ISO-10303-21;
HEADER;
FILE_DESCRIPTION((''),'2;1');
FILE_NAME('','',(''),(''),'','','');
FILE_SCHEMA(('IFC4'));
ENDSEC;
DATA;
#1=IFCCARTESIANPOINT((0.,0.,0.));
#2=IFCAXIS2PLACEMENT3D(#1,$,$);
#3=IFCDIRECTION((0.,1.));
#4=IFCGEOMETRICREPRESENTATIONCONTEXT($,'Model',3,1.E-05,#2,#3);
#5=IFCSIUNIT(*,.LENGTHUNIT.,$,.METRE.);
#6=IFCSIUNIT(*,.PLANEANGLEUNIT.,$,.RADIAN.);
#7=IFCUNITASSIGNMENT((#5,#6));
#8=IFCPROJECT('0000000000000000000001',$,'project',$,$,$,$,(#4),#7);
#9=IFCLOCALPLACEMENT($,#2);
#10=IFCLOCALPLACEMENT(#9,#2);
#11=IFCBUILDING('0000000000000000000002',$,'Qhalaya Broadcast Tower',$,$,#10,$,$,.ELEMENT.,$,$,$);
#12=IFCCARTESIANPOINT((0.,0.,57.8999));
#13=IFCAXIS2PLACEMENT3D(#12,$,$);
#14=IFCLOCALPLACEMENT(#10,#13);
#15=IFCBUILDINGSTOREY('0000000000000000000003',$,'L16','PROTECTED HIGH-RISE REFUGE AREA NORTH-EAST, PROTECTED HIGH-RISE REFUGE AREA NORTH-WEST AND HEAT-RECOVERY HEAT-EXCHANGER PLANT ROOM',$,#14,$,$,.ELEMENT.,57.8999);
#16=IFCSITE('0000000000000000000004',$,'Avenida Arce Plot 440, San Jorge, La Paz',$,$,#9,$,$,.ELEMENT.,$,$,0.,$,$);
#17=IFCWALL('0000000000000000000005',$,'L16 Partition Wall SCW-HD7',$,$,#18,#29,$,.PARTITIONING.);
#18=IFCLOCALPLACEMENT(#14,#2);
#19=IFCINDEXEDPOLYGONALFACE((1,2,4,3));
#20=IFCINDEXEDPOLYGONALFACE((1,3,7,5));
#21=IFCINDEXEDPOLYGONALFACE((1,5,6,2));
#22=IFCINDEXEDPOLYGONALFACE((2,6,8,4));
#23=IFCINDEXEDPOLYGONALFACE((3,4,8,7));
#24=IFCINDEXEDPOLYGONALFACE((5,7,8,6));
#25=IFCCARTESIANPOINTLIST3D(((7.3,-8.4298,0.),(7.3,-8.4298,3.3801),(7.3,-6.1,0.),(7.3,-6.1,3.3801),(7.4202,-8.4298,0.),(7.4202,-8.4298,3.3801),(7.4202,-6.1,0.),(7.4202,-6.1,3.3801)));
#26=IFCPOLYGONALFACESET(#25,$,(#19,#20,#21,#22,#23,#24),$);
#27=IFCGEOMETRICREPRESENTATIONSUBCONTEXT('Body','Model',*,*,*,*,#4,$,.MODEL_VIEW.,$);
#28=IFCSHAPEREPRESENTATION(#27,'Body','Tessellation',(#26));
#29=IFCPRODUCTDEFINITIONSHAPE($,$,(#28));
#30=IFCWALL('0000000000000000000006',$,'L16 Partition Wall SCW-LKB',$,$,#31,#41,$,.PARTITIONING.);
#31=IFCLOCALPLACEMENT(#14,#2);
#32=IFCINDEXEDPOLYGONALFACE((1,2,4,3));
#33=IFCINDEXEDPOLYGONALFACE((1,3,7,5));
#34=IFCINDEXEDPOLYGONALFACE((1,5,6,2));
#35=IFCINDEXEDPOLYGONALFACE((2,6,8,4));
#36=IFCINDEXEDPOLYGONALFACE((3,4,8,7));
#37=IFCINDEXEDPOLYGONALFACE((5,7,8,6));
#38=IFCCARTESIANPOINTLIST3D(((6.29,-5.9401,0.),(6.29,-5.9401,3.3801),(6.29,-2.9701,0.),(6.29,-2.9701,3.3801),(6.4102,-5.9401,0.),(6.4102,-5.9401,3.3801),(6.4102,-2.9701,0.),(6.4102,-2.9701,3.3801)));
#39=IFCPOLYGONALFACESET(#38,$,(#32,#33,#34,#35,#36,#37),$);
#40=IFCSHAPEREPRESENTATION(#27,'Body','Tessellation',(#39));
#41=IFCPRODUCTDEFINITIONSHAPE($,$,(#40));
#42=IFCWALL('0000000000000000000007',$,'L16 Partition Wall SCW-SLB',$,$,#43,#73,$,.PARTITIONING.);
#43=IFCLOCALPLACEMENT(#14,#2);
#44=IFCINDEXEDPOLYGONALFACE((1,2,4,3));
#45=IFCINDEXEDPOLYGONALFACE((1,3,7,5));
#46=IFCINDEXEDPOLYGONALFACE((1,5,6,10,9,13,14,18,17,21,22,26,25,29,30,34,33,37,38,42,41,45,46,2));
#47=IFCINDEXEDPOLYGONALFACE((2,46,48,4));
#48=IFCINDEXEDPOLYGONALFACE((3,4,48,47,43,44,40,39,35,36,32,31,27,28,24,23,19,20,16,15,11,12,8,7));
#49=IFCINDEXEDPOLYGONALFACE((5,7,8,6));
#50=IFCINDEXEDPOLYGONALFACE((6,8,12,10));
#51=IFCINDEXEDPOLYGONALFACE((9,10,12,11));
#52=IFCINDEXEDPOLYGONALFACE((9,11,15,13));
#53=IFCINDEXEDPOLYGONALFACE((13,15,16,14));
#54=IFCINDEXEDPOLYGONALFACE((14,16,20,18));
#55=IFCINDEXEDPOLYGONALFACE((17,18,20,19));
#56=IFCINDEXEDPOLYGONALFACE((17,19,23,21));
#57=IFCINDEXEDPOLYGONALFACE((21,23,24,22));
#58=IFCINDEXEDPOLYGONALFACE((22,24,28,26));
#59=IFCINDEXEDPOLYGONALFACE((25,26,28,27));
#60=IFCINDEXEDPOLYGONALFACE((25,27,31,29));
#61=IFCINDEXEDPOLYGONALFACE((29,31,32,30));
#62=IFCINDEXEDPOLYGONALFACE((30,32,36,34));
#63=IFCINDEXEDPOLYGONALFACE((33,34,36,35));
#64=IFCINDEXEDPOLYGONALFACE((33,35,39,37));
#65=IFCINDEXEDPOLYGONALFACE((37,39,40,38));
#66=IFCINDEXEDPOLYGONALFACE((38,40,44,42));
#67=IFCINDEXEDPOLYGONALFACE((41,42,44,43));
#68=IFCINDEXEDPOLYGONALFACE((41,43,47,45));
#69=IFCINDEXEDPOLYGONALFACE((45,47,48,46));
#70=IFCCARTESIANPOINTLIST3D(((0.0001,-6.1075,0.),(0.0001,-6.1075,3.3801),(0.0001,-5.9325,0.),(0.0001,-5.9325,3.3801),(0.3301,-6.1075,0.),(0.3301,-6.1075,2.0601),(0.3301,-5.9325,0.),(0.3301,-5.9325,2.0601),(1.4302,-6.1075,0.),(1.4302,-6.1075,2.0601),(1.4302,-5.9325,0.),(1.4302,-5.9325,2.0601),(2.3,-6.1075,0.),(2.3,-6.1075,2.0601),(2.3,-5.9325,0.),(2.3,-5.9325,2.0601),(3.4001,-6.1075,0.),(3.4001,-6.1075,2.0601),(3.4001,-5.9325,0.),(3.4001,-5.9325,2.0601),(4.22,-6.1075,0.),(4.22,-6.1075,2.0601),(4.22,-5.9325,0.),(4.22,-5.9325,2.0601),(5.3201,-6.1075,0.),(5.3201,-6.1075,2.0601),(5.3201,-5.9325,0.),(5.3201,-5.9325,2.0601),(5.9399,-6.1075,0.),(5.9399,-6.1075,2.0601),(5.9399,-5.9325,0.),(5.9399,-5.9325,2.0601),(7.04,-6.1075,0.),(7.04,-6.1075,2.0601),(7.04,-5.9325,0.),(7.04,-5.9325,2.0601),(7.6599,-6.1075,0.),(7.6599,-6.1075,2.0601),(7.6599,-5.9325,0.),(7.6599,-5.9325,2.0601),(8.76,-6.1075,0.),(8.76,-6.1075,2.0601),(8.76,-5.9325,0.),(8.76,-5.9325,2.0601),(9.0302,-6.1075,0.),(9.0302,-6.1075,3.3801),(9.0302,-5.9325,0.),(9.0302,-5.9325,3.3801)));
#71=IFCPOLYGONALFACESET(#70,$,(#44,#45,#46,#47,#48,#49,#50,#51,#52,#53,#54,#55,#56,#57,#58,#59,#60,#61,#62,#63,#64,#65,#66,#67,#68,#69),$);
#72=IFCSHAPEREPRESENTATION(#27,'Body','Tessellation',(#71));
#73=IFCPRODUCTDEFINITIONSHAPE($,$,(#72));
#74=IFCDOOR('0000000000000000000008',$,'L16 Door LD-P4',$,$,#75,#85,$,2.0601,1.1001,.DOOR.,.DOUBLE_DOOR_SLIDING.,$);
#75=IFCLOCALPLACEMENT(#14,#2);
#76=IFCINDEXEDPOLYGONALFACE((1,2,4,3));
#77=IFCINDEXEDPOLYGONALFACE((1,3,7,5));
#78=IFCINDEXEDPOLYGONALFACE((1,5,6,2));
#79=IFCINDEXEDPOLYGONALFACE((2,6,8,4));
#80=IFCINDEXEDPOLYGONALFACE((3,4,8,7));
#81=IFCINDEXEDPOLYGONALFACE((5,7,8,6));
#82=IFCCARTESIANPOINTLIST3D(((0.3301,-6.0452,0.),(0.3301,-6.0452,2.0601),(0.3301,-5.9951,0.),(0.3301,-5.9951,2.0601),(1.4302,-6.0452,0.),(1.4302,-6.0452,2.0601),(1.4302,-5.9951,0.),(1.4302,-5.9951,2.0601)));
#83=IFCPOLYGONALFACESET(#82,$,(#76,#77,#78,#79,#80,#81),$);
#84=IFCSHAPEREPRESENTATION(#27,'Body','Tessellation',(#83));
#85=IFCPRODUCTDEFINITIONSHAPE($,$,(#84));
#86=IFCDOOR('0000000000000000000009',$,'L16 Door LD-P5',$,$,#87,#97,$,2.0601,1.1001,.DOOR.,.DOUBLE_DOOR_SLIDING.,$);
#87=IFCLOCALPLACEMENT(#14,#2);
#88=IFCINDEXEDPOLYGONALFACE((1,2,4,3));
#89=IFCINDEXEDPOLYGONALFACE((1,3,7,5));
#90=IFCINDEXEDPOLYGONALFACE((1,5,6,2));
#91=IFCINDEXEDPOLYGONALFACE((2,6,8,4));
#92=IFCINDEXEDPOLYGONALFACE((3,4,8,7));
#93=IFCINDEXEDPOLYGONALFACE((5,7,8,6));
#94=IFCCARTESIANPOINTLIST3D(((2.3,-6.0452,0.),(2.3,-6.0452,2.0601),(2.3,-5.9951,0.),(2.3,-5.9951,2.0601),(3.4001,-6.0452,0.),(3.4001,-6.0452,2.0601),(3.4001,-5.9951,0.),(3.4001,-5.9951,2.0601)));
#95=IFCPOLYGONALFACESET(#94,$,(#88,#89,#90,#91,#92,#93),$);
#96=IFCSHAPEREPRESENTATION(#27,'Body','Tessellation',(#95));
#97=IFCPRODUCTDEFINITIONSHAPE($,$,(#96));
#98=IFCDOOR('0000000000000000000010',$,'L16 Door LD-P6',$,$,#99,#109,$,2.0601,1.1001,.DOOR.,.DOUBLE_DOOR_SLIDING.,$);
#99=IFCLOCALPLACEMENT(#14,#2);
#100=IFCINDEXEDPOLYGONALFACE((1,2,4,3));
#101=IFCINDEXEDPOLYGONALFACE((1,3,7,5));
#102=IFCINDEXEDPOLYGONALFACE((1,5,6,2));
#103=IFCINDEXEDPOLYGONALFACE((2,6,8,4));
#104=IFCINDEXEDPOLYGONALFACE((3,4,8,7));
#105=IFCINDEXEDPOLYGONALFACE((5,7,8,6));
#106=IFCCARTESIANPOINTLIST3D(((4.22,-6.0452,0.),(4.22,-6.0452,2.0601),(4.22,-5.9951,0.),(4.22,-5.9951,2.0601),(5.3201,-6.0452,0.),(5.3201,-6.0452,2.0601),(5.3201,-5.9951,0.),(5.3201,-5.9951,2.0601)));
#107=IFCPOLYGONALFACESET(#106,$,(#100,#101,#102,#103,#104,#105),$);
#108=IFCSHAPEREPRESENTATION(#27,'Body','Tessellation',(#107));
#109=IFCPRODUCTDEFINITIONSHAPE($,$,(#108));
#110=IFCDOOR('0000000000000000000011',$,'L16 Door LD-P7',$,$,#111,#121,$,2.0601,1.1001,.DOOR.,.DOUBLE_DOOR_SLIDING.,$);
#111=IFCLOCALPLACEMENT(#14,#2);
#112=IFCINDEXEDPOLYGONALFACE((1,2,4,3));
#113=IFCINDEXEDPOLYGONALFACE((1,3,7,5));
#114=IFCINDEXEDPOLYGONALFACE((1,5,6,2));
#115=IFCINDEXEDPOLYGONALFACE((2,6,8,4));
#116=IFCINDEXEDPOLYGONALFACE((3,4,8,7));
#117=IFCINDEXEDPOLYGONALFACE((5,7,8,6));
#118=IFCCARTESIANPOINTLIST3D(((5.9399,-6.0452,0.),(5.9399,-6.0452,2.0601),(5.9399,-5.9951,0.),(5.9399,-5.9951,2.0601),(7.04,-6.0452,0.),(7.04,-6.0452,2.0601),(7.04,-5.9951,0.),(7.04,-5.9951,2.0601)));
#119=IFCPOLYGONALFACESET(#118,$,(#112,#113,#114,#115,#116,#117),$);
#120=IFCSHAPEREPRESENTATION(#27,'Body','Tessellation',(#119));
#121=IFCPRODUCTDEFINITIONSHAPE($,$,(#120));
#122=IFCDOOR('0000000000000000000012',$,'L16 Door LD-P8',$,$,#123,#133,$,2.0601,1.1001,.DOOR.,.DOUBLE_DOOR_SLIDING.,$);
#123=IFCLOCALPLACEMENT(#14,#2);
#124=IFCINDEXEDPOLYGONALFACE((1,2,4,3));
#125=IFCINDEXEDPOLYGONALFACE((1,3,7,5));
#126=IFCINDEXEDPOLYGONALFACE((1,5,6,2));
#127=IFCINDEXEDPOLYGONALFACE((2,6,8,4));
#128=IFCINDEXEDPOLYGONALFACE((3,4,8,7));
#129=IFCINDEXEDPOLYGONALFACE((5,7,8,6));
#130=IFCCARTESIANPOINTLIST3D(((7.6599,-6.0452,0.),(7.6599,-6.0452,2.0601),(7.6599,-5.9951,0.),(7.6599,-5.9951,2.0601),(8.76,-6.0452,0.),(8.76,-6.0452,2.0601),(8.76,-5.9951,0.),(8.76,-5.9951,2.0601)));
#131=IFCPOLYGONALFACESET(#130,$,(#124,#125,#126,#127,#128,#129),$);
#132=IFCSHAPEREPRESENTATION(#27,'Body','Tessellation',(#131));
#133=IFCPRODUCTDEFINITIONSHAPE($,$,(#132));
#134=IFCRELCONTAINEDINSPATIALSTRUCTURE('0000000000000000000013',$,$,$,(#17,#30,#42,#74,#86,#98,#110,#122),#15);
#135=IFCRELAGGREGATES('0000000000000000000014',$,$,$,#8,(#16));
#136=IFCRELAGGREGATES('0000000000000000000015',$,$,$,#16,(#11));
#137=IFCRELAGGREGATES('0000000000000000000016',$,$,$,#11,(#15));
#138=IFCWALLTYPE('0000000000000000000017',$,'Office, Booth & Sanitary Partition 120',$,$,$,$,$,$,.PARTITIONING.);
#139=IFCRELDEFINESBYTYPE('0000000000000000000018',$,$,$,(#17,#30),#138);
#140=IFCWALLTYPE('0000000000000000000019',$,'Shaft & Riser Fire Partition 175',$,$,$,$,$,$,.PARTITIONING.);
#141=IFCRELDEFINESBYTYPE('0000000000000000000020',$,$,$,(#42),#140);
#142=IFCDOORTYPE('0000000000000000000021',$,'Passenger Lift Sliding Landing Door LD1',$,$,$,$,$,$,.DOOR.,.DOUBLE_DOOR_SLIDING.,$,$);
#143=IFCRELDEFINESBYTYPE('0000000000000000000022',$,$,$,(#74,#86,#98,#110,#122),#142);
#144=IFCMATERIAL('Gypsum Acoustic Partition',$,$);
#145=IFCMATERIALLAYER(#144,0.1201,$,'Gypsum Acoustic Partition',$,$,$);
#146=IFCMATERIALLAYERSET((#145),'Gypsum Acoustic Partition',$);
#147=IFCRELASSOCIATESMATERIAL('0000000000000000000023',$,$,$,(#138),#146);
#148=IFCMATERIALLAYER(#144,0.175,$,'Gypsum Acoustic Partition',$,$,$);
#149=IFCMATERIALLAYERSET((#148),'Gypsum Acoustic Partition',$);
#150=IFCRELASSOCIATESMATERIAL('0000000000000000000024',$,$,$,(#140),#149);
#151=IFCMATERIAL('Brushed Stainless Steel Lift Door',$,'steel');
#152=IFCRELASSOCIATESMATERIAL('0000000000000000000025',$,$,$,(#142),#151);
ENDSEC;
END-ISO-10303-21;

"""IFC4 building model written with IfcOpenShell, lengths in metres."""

from ifc_helpers import new_model, si_unit, direction, frame, frame_2d, origin, place, context, subcontext, project, spatial, rectangle, extrude, material, layer, layer_set, type_object, element, fill, save


model = new_model("IFC4")

# Units and contexts
model_context = context("Model", 3, precision=1e-05, world=origin(), true_north=direction((0.0, 1.0)))
body_context = subcontext(model_context, "Body", "Model", "MODEL_VIEW")
ifc_project = project(units=[si_unit("LENGTHUNIT", "METRE"), si_unit("PLANEANGLEUNIT", "RADIAN")], contexts=[model_context])

# Site, building, storey
site_placement = place(None, origin())
site = spatial("IfcSite", under=ifc_project, at=site_placement, Name="Avenida Arce Plot 440, San Jorge, La Paz", CompositionType="ELEMENT", RefElevation=0.0)
building_placement = place(site_placement, origin())
building = spatial("IfcBuilding", under=site, at=building_placement, Name="Qhalaya Broadcast Tower", CompositionType="ELEMENT")
storey_placement = place(building_placement, frame((0.0, 0.0, 57.8999)))
storey = spatial("IfcBuildingStorey", under=building, at=storey_placement, Name="L16", Description="PROTECTED HIGH-RISE REFUGE AREA NORTH-EAST, PROTECTED HIGH-RISE REFUGE AREA NORTH-WEST AND HEAT-RECOVERY HEAT-EXCHANGER PLANT ROOM", CompositionType="ELEMENT", Elevation=57.8999)

# Walls
ifc_material_1 = material(Name="Gypsum Acoustic Partition")
ifc_layer_1 = layer(ifc_material_1, 0.1201, Name="Gypsum Acoustic Partition")
ifc_layer_set_1 = layer_set([ifc_layer_1], Name="Gypsum Acoustic Partition")
wall_type_1 = type_object("IfcWallType", Name="Office, Booth & Sanitary Partition 120", PredefinedType="PARTITIONING", material=ifc_layer_set_1)
for number, where, z_axis, x_axis, name in (
    (1, (7.3601, -8.4299, 0.0), (0.0, 0.0, 1.0), (0.0, 1.0, 0.0), "L16 Partition Wall SCW-HD7"),
):
    element("IfcWall", number, at=place(storey_placement, frame(where, z_axis=z_axis, x_axis=x_axis)), inside=storey, type_object=wall_type_1, Name=name, PredefinedType="PARTITIONING", context=body_context, shape_type="SweptSolid", body=[
        extrude(rectangle(XDim=2.3298, YDim=0.1201, at=frame_2d((1.165, 0.0))), origin(), (0.0, 0.0, 1.0), 3.3801),
    ])
wall_1_placement = place(storey_placement, frame((6.3501, -5.9399, 0.0), z_axis=(0.0, 0.0, 1.0), x_axis=(0.0, 1.0, 0.0)))
element("IfcWall", 2, at=wall_1_placement, inside=storey, type_object=wall_type_1, Name="L16 Partition Wall SCW-LKB", PredefinedType="PARTITIONING", context=body_context, shape_type="SweptSolid", body=[
    extrude(rectangle(XDim=2.97, YDim=0.1201, at=frame_2d((1.4849, 0.0))), origin(), (0.0, 0.0, 1.0), 3.3801),
])

# Wall, openings, doors
ifc_layer_2 = layer(ifc_material_1, 0.175, Name="Gypsum Acoustic Partition")
ifc_layer_set_2 = layer_set([ifc_layer_2], Name="Gypsum Acoustic Partition")
wall_type_2 = type_object("IfcWallType", Name="Shaft & Riser Fire Partition 175", PredefinedType="PARTITIONING", material=ifc_layer_set_2)
wall_2_placement = place(storey_placement, frame((0.0, -6.02, 0.0), z_axis=(0.0, 0.0, 1.0), x_axis=(1.0, 0.0, 0.0)))
wall_2 = element("IfcWall", 3, at=wall_2_placement, inside=storey, type_object=wall_type_2, Name="L16 Partition Wall SCW-SLB", PredefinedType="PARTITIONING", context=body_context, shape_type="SweptSolid", body=[
    extrude(rectangle(XDim=9.03, YDim=0.175, at=frame_2d((4.5151, 0.0))), origin(), (0.0, 0.0, 1.0), 3.3801),
])
opening_1_placement = place(wall_2_placement, frame((0.3301, 0.0, 0.0)))
opening_1 = element("IfcOpeningElement", 4, at=opening_1_placement, cuts=wall_2, PredefinedType="OPENING", context=body_context, shape_type="SweptSolid", body=[
    extrude(rectangle(XDim=1.1001, YDim=2.0601, at=frame_2d((0.55, 1.03))), frame((0.0, 0.0996, 0.0), z_axis=(0.0, -1.0, 0.0), x_axis=(1.0, 0.0, 0.0)), (0.0, 0.0, 1.0), 0.199),
])
opening_2_placement = place(wall_2_placement, frame((2.3, 0.0, 0.0)))
opening_2 = element("IfcOpeningElement", 5, at=opening_2_placement, cuts=wall_2, PredefinedType="OPENING", context=body_context, shape_type="SweptSolid", body=[
    extrude(rectangle(XDim=1.1001, YDim=2.0601, at=frame_2d((0.55, 1.03))), frame((0.0, 0.0996, 0.0), z_axis=(0.0, -1.0, 0.0), x_axis=(1.0, 0.0, 0.0)), (0.0, 0.0, 1.0), 0.199),
])
opening_3_placement = place(wall_2_placement, frame((4.22, 0.0, 0.0)))
opening_3 = element("IfcOpeningElement", 6, at=opening_3_placement, cuts=wall_2, PredefinedType="OPENING", context=body_context, shape_type="SweptSolid", body=[
    extrude(rectangle(XDim=1.1001, YDim=2.0601, at=frame_2d((0.55, 1.03))), frame((0.0, 0.0996, 0.0), z_axis=(0.0, -1.0, 0.0), x_axis=(1.0, 0.0, 0.0)), (0.0, 0.0, 1.0), 0.199),
])
opening_4_placement = place(wall_2_placement, frame((5.9399, 0.0, 0.0)))
opening_4 = element("IfcOpeningElement", 7, at=opening_4_placement, cuts=wall_2, PredefinedType="OPENING", context=body_context, shape_type="SweptSolid", body=[
    extrude(rectangle(XDim=1.1001, YDim=2.0601, at=frame_2d((0.55, 1.03))), frame((0.0, 0.0996, 0.0), z_axis=(0.0, -1.0, 0.0), x_axis=(1.0, 0.0, 0.0)), (0.0, 0.0, 1.0), 0.199),
])
opening_5_placement = place(wall_2_placement, frame((7.6599, 0.0, 0.0)))
opening_5 = element("IfcOpeningElement", 8, at=opening_5_placement, cuts=wall_2, PredefinedType="OPENING", context=body_context, shape_type="SweptSolid", body=[
    extrude(rectangle(XDim=1.1001, YDim=2.0601, at=frame_2d((0.55, 1.03))), frame((0.0, 0.0996, 0.0), z_axis=(0.0, -1.0, 0.0), x_axis=(1.0, 0.0, 0.0)), (0.0, 0.0, 1.0), 0.199),
])
ifc_material_2 = material(Name="Brushed Stainless Steel Lift Door", Category="steel")
door_type = type_object("IfcDoorType", Name="Passenger Lift Sliding Landing Door LD1", OperationType="DOUBLE_DOOR_SLIDING", PredefinedType="DOOR", material=ifc_material_2)
door_1_placement = place(opening_1_placement, origin())
door_1 = element("IfcDoor", 9, at=door_1_placement, inside=storey, type_object=door_type, Name="L16 Door LD-P4", OperationType="DOUBLE_DOOR_SLIDING", OverallHeight=2.0601, OverallWidth=1.1001, PredefinedType="DOOR", context=body_context, shape_type="SweptSolid", body=[
    extrude(rectangle(XDim=1.1001, YDim=2.0601, at=frame_2d((0.55, 1.03))), frame((0.0, 0.0249, 0.0), z_axis=(0.0, -1.0, 0.0), x_axis=(1.0, 0.0, 0.0)), (0.0, 0.0, 1.0), 0.05),
])
fill(opening_1, door_1)
door_2_placement = place(opening_2_placement, origin())
door_2 = element("IfcDoor", 10, at=door_2_placement, inside=storey, type_object=door_type, Name="L16 Door LD-P5", OperationType="DOUBLE_DOOR_SLIDING", OverallHeight=2.0601, OverallWidth=1.1001, PredefinedType="DOOR", context=body_context, shape_type="SweptSolid", body=[
    extrude(rectangle(XDim=1.1001, YDim=2.0601, at=frame_2d((0.55, 1.03))), frame((0.0, 0.0249, 0.0), z_axis=(0.0, -1.0, 0.0), x_axis=(1.0, 0.0, 0.0)), (0.0, 0.0, 1.0), 0.05),
])
fill(opening_2, door_2)
door_3_placement = place(opening_3_placement, origin())
door_3 = element("IfcDoor", 11, at=door_3_placement, inside=storey, type_object=door_type, Name="L16 Door LD-P6", OperationType="DOUBLE_DOOR_SLIDING", OverallHeight=2.0601, OverallWidth=1.1001, PredefinedType="DOOR", context=body_context, shape_type="SweptSolid", body=[
    extrude(rectangle(XDim=1.1001, YDim=2.0601, at=frame_2d((0.55, 1.03))), frame((0.0, 0.0249, 0.0), z_axis=(0.0, -1.0, 0.0), x_axis=(1.0, 0.0, 0.0)), (0.0, 0.0, 1.0), 0.05),
])
fill(opening_3, door_3)
door_4_placement = place(opening_4_placement, origin())
door_4 = element("IfcDoor", 12, at=door_4_placement, inside=storey, type_object=door_type, Name="L16 Door LD-P7", OperationType="DOUBLE_DOOR_SLIDING", OverallHeight=2.0601, OverallWidth=1.1001, PredefinedType="DOOR", context=body_context, shape_type="SweptSolid", body=[
    extrude(rectangle(XDim=1.1001, YDim=2.0601, at=frame_2d((0.55, 1.03))), frame((0.0, 0.0249, 0.0), z_axis=(0.0, -1.0, 0.0), x_axis=(1.0, 0.0, 0.0)), (0.0, 0.0, 1.0), 0.05),
])
fill(opening_4, door_4)
door_5_placement = place(opening_5_placement, origin())
door_5 = element("IfcDoor", 13, at=door_5_placement, inside=storey, type_object=door_type, Name="L16 Door LD-P8", OperationType="DOUBLE_DOOR_SLIDING", OverallHeight=2.0601, OverallWidth=1.1001, PredefinedType="DOOR", context=body_context, shape_type="SweptSolid", body=[
    extrude(rectangle(XDim=1.1001, YDim=2.0601, at=frame_2d((0.55, 1.03))), frame((0.0, 0.0249, 0.0), z_axis=(0.0, -1.0, 0.0), x_axis=(1.0, 0.0, 0.0)), (0.0, 0.0, 1.0), 0.05),
])
fill(opening_5, door_5)

save(model, "model.ifc")
